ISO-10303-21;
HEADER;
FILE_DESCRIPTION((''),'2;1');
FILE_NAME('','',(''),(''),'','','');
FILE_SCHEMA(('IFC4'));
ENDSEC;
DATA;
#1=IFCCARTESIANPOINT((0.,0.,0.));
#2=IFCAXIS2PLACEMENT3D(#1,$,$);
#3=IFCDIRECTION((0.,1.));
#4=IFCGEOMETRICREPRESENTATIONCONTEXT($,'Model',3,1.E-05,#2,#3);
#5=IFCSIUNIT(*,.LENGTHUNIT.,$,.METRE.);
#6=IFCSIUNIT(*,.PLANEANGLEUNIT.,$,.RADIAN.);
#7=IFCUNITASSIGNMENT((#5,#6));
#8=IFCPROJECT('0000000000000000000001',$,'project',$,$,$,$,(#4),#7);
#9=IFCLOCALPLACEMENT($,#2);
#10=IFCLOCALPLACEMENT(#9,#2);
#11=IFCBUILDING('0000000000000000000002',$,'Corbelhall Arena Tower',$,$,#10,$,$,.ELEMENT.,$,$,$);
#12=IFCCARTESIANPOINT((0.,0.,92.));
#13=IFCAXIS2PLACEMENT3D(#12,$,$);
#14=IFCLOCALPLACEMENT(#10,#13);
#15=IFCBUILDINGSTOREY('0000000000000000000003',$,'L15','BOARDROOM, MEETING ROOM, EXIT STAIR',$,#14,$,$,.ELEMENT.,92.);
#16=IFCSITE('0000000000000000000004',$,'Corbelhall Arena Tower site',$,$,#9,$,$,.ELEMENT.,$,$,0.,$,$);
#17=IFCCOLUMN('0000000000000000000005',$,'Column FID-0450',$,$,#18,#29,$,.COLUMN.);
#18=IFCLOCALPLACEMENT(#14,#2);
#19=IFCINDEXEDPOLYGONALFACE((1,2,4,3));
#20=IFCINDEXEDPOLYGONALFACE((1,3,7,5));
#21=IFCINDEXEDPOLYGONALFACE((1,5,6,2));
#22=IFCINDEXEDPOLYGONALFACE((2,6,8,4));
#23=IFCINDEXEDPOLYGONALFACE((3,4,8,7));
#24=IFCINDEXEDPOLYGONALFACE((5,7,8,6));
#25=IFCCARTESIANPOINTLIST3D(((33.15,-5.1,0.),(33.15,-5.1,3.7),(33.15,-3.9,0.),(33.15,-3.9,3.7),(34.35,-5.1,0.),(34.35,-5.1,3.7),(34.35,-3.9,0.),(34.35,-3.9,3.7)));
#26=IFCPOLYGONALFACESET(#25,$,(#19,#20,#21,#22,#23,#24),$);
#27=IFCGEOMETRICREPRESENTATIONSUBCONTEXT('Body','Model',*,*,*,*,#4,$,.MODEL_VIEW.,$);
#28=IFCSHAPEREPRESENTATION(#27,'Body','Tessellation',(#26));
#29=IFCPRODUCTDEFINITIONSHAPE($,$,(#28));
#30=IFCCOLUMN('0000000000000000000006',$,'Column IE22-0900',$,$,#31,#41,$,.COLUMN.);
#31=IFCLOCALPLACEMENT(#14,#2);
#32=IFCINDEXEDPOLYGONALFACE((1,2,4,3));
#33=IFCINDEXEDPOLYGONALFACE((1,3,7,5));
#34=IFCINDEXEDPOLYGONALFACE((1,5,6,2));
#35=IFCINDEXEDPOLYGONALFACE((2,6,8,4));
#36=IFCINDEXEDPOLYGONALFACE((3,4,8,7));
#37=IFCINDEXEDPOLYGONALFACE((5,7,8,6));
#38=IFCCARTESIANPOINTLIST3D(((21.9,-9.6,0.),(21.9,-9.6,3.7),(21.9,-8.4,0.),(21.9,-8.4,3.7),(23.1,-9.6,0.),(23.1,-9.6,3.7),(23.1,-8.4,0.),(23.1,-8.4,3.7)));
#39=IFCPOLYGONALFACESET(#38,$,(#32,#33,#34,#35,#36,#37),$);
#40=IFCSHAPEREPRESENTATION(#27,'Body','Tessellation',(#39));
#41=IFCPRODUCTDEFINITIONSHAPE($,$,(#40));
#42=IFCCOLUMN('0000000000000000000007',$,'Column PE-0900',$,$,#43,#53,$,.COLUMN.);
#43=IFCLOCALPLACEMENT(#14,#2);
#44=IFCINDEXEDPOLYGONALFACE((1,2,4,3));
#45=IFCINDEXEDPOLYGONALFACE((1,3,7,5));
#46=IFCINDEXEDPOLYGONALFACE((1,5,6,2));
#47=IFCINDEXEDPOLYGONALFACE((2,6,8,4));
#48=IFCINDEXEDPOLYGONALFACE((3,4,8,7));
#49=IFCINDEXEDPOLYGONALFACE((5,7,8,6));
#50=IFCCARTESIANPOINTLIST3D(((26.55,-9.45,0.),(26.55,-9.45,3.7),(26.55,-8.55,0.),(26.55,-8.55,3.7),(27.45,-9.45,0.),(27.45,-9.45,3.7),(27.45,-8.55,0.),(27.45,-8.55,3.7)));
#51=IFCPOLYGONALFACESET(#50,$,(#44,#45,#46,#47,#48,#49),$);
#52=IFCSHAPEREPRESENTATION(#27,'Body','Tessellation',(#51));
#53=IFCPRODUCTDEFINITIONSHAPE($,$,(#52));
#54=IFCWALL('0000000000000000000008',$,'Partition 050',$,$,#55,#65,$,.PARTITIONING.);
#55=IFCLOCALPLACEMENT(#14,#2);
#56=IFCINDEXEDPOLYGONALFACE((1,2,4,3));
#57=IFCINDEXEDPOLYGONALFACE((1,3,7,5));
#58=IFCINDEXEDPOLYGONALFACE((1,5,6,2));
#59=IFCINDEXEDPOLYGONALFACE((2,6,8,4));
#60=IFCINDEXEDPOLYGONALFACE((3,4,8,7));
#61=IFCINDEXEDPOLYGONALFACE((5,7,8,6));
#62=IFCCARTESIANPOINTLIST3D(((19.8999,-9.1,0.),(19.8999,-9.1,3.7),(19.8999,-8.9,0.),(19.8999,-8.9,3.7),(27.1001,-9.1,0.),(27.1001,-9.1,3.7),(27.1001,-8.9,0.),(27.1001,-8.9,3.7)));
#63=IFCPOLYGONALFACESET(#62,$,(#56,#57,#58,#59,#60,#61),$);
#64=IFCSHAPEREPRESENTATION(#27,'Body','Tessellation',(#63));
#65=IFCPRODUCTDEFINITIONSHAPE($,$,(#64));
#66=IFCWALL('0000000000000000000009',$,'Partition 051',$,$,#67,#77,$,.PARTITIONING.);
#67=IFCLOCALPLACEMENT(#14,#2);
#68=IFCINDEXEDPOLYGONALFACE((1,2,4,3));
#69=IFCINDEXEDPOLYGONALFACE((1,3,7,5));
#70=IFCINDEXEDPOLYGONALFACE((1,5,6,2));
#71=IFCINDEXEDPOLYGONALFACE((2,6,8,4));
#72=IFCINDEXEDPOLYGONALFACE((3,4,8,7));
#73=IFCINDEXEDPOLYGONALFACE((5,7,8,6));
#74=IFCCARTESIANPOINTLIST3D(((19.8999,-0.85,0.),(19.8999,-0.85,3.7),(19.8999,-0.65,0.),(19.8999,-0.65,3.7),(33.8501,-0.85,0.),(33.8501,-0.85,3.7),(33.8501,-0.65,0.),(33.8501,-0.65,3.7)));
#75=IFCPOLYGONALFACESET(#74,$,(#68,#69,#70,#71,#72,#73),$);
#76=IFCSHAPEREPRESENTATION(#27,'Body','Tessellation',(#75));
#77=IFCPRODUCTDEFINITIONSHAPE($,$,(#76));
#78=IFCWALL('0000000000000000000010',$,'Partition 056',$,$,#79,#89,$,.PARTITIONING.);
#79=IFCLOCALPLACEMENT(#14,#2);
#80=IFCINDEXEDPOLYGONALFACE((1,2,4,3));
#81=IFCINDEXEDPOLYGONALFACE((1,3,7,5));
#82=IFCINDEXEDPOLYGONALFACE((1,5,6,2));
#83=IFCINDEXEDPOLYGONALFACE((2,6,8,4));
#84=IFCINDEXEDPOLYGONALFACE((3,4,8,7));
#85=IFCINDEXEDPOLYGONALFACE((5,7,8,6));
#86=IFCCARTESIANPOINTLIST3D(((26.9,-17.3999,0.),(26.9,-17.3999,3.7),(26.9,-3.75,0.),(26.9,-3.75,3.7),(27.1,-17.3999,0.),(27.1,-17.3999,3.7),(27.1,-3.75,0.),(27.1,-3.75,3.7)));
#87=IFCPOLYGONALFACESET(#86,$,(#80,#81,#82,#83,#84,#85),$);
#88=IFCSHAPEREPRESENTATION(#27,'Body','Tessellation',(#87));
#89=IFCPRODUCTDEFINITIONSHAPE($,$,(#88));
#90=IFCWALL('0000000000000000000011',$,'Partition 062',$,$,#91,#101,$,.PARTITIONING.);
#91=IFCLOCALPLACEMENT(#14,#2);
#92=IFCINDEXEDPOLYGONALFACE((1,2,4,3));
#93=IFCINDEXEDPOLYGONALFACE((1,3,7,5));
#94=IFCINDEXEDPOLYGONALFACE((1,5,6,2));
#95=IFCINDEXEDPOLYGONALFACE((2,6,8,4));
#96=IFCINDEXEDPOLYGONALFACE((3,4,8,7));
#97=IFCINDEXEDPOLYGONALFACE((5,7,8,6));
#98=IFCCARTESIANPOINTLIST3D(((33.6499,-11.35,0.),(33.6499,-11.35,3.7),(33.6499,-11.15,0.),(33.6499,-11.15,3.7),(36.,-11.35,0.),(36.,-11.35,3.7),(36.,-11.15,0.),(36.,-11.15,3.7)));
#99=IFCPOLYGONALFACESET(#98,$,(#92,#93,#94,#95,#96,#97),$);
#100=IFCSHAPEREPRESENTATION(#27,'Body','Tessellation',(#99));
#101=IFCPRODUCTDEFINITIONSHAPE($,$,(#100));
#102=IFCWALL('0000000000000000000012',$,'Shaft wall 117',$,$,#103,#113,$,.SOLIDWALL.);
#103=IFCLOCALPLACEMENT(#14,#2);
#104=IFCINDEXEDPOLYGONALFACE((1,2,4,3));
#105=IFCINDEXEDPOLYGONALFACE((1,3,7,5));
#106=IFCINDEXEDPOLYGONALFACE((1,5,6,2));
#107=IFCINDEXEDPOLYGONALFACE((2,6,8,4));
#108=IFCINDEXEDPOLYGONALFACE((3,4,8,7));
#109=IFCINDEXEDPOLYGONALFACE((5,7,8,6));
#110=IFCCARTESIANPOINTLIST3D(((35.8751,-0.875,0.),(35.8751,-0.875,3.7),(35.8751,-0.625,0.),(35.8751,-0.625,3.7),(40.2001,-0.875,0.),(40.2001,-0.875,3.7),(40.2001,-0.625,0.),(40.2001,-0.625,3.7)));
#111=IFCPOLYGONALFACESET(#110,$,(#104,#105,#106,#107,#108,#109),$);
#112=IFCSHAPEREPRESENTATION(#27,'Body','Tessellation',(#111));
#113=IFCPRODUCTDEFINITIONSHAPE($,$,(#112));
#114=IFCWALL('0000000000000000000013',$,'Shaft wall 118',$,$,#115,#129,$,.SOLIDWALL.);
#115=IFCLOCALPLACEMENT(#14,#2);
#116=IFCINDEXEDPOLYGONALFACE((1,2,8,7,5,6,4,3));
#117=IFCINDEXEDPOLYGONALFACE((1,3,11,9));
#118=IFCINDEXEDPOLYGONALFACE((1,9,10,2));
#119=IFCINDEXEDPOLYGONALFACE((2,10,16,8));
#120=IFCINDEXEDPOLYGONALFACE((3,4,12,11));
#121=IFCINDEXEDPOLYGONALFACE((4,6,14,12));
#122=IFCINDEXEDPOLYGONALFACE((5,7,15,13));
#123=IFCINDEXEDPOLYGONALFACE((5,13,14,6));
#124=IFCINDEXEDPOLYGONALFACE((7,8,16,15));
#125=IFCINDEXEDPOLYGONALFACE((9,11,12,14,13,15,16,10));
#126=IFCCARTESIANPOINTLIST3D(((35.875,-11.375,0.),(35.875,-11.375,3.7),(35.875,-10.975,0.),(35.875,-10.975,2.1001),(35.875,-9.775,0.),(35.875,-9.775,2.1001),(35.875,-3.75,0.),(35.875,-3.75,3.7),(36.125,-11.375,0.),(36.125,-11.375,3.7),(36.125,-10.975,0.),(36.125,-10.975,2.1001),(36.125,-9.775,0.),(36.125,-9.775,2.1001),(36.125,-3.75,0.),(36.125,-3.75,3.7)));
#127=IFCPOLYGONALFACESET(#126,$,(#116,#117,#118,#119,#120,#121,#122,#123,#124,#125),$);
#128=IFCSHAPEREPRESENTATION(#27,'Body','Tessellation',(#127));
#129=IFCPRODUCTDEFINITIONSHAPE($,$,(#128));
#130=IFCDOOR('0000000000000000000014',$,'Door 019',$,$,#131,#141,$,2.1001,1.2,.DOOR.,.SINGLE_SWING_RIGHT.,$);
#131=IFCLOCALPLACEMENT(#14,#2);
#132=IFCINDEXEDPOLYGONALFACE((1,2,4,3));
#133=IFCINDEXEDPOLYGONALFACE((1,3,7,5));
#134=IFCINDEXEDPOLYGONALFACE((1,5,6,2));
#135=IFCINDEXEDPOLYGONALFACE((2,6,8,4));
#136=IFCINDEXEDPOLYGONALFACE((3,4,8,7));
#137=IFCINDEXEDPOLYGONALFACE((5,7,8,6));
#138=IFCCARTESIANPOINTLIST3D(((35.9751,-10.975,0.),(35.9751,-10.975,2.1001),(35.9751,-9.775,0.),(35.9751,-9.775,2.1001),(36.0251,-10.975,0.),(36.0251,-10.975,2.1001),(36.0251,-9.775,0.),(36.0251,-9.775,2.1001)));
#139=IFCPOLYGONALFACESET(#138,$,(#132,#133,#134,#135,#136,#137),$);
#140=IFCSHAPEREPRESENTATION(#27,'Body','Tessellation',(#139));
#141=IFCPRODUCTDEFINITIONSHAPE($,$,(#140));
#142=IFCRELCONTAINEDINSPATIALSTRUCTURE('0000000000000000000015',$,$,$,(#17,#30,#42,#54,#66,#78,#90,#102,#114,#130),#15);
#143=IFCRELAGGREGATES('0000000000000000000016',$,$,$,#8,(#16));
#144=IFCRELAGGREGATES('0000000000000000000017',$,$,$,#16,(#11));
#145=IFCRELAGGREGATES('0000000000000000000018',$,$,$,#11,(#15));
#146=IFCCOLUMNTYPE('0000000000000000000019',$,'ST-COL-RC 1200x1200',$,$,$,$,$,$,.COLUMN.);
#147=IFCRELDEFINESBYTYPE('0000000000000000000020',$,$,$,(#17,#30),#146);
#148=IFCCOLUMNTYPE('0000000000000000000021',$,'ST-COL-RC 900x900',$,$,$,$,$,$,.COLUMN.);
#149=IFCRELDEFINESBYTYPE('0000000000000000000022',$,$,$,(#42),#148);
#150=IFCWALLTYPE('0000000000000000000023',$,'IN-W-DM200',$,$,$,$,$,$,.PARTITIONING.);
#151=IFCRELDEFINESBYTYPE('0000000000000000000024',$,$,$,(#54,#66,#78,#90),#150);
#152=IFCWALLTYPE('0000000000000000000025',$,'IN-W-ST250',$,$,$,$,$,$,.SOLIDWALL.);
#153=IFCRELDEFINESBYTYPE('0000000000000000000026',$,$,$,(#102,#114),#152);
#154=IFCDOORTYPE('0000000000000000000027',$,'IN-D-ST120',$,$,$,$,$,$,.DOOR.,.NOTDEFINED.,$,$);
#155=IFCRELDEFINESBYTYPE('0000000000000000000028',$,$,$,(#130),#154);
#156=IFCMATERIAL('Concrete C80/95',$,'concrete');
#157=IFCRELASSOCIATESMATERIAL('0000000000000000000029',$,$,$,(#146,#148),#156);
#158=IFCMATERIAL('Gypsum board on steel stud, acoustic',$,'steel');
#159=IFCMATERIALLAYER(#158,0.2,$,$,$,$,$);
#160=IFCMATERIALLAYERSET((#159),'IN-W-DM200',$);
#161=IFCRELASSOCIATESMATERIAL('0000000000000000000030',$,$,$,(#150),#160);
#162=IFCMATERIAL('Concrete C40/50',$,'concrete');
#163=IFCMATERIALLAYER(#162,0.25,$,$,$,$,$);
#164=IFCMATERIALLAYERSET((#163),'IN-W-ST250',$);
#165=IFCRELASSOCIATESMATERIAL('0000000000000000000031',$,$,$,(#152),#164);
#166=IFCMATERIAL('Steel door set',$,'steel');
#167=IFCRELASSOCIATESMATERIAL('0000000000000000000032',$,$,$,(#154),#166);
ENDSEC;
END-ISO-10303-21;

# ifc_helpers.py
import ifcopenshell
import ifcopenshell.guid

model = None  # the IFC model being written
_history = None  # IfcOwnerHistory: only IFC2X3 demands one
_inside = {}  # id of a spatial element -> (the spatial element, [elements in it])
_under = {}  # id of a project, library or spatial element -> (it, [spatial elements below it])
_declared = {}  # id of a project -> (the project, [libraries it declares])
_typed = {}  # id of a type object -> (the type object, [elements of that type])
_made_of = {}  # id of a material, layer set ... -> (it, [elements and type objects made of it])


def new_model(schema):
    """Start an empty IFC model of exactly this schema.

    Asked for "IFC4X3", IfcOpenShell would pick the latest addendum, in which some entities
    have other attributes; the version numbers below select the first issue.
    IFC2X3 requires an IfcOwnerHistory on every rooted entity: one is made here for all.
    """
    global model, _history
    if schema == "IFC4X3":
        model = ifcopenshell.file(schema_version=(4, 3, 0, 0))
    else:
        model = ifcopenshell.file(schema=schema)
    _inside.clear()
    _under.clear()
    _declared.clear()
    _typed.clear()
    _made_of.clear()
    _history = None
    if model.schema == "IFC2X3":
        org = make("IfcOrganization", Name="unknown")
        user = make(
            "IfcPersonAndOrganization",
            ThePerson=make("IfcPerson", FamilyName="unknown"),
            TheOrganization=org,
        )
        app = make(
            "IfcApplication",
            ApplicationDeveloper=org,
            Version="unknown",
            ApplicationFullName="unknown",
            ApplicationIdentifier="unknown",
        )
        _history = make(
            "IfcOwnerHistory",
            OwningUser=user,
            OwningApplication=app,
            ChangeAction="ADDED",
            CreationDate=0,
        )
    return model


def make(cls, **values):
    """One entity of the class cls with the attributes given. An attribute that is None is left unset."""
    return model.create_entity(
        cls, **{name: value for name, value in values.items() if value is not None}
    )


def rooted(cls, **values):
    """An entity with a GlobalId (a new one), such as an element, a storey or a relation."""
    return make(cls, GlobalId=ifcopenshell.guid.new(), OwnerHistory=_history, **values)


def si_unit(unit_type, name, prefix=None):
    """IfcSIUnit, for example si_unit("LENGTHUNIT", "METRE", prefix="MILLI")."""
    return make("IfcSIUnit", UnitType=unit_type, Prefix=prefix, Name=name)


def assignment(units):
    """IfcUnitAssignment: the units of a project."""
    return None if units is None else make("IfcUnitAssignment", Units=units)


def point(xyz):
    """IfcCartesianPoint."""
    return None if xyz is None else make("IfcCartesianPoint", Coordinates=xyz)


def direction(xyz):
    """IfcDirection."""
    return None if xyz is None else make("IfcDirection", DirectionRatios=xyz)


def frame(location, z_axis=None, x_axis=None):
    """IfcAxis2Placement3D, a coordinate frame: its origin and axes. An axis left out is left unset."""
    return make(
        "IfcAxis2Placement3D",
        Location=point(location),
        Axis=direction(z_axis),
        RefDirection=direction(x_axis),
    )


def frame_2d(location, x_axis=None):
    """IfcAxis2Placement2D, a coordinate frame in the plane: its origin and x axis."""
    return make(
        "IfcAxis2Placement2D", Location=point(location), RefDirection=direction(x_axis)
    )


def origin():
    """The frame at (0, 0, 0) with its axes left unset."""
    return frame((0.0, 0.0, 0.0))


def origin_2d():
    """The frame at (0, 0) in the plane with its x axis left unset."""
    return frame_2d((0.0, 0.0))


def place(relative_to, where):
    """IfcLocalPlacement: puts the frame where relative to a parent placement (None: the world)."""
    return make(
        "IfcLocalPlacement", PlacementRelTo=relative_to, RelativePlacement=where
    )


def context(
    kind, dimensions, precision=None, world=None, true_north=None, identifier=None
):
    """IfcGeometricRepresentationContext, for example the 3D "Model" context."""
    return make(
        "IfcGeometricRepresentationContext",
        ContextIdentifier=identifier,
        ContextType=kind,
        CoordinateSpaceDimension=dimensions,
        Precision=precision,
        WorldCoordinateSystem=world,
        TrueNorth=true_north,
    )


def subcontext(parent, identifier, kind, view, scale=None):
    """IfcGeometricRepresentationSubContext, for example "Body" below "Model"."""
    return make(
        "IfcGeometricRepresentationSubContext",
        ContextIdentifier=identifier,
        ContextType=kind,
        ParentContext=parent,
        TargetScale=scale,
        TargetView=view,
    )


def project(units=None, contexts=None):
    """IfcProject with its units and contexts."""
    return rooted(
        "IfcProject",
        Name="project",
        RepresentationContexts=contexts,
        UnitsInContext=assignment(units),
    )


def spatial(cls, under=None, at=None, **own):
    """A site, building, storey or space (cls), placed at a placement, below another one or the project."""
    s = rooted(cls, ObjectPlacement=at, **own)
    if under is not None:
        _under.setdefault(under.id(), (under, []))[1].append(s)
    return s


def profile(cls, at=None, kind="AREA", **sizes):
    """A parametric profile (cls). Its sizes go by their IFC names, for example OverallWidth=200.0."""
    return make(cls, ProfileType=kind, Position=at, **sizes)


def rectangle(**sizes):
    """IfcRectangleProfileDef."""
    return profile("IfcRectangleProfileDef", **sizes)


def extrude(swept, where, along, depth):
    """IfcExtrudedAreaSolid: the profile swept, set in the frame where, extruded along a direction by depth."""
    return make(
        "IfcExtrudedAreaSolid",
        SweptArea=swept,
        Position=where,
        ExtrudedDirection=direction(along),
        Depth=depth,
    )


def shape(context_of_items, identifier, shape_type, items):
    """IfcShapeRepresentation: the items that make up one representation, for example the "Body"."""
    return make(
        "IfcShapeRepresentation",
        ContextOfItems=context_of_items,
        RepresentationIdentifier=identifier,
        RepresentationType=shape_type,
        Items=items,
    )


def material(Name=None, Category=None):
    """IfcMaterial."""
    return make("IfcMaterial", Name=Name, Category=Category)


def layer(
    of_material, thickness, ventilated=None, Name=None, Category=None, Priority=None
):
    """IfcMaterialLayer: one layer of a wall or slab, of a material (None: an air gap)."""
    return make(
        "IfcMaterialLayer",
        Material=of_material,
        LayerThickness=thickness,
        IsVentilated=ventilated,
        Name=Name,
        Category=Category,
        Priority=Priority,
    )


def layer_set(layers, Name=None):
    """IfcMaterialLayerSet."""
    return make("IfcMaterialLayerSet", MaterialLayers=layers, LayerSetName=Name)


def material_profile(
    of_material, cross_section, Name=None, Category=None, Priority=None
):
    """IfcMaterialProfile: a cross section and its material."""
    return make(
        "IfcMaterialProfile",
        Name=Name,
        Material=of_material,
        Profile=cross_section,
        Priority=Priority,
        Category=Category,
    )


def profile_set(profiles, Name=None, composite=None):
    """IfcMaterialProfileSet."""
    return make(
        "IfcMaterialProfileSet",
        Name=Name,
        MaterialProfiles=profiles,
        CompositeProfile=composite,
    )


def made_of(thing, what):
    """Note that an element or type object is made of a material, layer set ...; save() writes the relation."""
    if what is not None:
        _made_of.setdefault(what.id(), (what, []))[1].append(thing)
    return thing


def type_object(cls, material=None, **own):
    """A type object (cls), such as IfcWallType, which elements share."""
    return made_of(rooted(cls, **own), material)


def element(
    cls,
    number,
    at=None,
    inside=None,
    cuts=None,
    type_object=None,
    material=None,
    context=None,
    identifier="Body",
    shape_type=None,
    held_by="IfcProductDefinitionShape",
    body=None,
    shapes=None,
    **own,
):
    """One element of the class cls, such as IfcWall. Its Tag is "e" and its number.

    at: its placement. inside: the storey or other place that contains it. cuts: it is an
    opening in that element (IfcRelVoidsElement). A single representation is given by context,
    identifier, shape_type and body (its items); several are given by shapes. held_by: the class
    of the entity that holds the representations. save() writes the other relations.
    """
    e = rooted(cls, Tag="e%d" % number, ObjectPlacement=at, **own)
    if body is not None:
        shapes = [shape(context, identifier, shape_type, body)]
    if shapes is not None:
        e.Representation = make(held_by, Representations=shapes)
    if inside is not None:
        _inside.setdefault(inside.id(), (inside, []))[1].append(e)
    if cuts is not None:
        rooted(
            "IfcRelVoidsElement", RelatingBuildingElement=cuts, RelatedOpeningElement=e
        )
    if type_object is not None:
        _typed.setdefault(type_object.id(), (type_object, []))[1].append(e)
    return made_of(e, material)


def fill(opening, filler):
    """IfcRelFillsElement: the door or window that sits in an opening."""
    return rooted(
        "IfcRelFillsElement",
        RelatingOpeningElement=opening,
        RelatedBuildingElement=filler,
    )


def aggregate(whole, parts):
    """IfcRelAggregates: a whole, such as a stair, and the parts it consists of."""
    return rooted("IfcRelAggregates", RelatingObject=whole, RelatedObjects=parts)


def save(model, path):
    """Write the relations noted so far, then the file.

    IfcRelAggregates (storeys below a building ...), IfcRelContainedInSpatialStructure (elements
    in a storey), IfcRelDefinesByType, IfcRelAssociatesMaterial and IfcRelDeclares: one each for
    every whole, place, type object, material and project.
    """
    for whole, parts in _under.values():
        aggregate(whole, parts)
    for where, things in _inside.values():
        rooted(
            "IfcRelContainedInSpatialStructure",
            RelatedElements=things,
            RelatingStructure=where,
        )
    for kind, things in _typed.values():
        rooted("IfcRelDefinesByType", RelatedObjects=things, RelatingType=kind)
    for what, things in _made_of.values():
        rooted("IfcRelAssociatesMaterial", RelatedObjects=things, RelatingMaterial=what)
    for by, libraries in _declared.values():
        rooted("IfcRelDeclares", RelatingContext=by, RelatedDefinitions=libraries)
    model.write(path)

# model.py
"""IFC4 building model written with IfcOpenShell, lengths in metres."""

from ifc_helpers import new_model, si_unit, direction, frame, frame_2d, origin, origin_2d, place, context, subcontext, project, spatial, rectangle, extrude, material, layer, layer_set, material_profile, profile_set, type_object, element, fill, save


model = new_model("IFC4")

# Units and contexts
model_context = context("Model", 3, precision=1e-05, world=origin(), true_north=direction((0.0, 1.0)))
body_context = subcontext(model_context, "Body", "Model", "MODEL_VIEW")
ifc_project = project(units=[si_unit("LENGTHUNIT", "METRE"), si_unit("PLANEANGLEUNIT", "RADIAN")], contexts=[model_context])

# Site, building, storey
site_placement = place(None, origin())
site = spatial("IfcSite", under=ifc_project, at=site_placement, Name="Corbelhall Arena Tower site", CompositionType="ELEMENT", RefElevation=0.0)
building_placement = place(site_placement, origin())
building = spatial("IfcBuilding", under=site, at=building_placement, Name="Corbelhall Arena Tower", CompositionType="ELEMENT")
storey_placement = place(building_placement, frame((0.0, 0.0, 92.0)))
storey = spatial("IfcBuildingStorey", under=building, at=storey_placement, Name="L15", Description="BOARDROOM, MEETING ROOM, EXIT STAIR", CompositionType="ELEMENT", Elevation=92.0)

# Columns
ifc_material_1 = material(Name="Concrete C80/95", Category="concrete")
ifc_material_profile_1 = material_profile(ifc_material_1, rectangle(XDim=1.2, YDim=1.2, at=origin_2d()))
ifc_profile_set_1 = profile_set([ifc_material_profile_1], Name="Concrete C80/95")
column_type_1 = type_object("IfcColumnType", Name="ST-COL-RC 1200x1200", PredefinedType="COLUMN", material=ifc_profile_set_1)
for number, where, z_axis, x_axis, name in (
    (1, (33.75, -4.5, 0.0), (0.0, 0.0, 1.0), (1.0, 0.0, 0.0), "Column FID-0450"),
    (2, (22.5, -9.0, 0.0), (0.0, 0.0, 1.0), (1.0, 0.0, 0.0), "Column IE22-0900"),
):
    element("IfcColumn", number, at=place(storey_placement, frame(where, z_axis=z_axis, x_axis=x_axis)), inside=storey, type_object=column_type_1, Name=name, PredefinedType="COLUMN", context=body_context, shape_type="SweptSolid", body=[
        extrude(rectangle(XDim=1.2, YDim=1.2, at=origin_2d()), origin(), (0.0, 0.0, 1.0), 3.7),
    ])
ifc_material_profile_2 = material_profile(ifc_material_1, rectangle(XDim=0.8999, YDim=0.8999, at=origin_2d()))
ifc_profile_set_2 = profile_set([ifc_material_profile_2], Name="Concrete C80/95")
column_type_2 = type_object("IfcColumnType", Name="ST-COL-RC 900x900", PredefinedType="COLUMN", material=ifc_profile_set_2)
column_placement = place(storey_placement, frame((27.0, -9.0, 0.0), z_axis=(0.0, 0.0, 1.0), x_axis=(1.0, 0.0, 0.0)))
element("IfcColumn", 3, at=column_placement, inside=storey, type_object=column_type_2, Name="Column PE-0900", PredefinedType="COLUMN", context=body_context, shape_type="SweptSolid", body=[
    extrude(rectangle(XDim=0.8999, YDim=0.8999, at=origin_2d()), origin(), (0.0, 0.0, 1.0), 3.7),
])

# Shared definitions
ifc_material_2 = material(Name="Gypsum board on steel stud, acoustic", Category="steel")
ifc_layer_1 = layer(ifc_material_2, 0.2)
ifc_layer_set_1 = layer_set([ifc_layer_1], Name="IN-W-DM200")
wall_type_1 = type_object("IfcWallType", Name="IN-W-DM200", PredefinedType="PARTITIONING", material=ifc_layer_set_1)
ifc_material_3 = material(Name="Steel door set", Category="steel")

# Walls
wall_1_placement = place(storey_placement, frame((19.8999, -9.0, 0.0), z_axis=(0.0, 0.0, 1.0), x_axis=(1.0, 0.0, 0.0)))
element("IfcWall", 4, at=wall_1_placement, inside=storey, type_object=wall_type_1, Name="Partition 050", PredefinedType="PARTITIONING", context=body_context, shape_type="SweptSolid", body=[
    extrude(rectangle(XDim=7.2002, YDim=0.2, at=frame_2d((3.6001, 0.0))), origin(), (0.0, 0.0, 1.0), 3.7),
])
wall_2_placement = place(storey_placement, frame((19.8999, -0.75, 0.0), z_axis=(0.0, 0.0, 1.0), x_axis=(1.0, 0.0, 0.0)))
element("IfcWall", 5, at=wall_2_placement, inside=storey, type_object=wall_type_1, Name="Partition 051", PredefinedType="PARTITIONING", context=body_context, shape_type="SweptSolid", body=[
    extrude(rectangle(XDim=13.9502, YDim=0.2, at=frame_2d((6.9751, 0.0))), origin(), (0.0, 0.0, 1.0), 3.7),
])
wall_3_placement = place(storey_placement, frame((27.0, -3.75, 0.0), z_axis=(0.0, 0.0, 1.0), x_axis=(0.0, -1.0, 0.0)))
element("IfcWall", 6, at=wall_3_placement, inside=storey, type_object=wall_type_1, Name="Partition 056", PredefinedType="PARTITIONING", context=body_context, shape_type="SweptSolid", body=[
    extrude(rectangle(XDim=13.6499, YDim=0.2, at=frame_2d((6.825, 0.0))), origin(), (0.0, 0.0, 1.0), 3.7),
])

# Walls
wall_4_placement = place(storey_placement, frame((36.0, -11.25, 0.0), z_axis=(0.0, 0.0, 1.0), x_axis=(-1.0, 0.0, 0.0)))
element("IfcWall", 7, at=wall_4_placement, inside=storey, type_object=wall_type_1, Name="Partition 062", PredefinedType="PARTITIONING", context=body_context, shape_type="SweptSolid", body=[
    extrude(rectangle(XDim=2.3501, YDim=0.2, at=frame_2d((1.175, 0.0))), origin(), (0.0, 0.0, 1.0), 3.7),
])
ifc_material_4 = material(Name="Concrete C40/50", Category="concrete")
ifc_layer_2 = layer(ifc_material_4, 0.25)
ifc_layer_set_2 = layer_set([ifc_layer_2], Name="IN-W-ST250")
wall_type_2 = type_object("IfcWallType", Name="IN-W-ST250", PredefinedType="SOLIDWALL", material=ifc_layer_set_2)
wall_5_placement = place(storey_placement, frame((35.875, -0.75, 0.0), z_axis=(0.0, 0.0, 1.0), x_axis=(1.0, 0.0, 0.0)))
element("IfcWall", 8, at=wall_5_placement, inside=storey, type_object=wall_type_2, Name="Shaft wall 117", PredefinedType="SOLIDWALL", context=body_context, shape_type="SweptSolid", body=[
    extrude(rectangle(XDim=4.325, YDim=0.25, at=frame_2d((2.1626, 0.0))), origin(), (0.0, 0.0, 1.0), 3.7),
])

# Wall, opening, door
wall_6_placement = place(storey_placement, frame((36.0, -11.375, 0.0), z_axis=(0.0, 0.0, 1.0), x_axis=(0.0, 1.0, 0.0)))
wall_6 = element("IfcWall", 9, at=wall_6_placement, inside=storey, type_object=wall_type_2, Name="Shaft wall 118", PredefinedType="SOLIDWALL", context=body_context, shape_type="SweptSolid", body=[
    extrude(rectangle(XDim=7.625, YDim=0.25, at=frame_2d((3.8125, 0.0))), origin(), (0.0, 0.0, 1.0), 3.7),
])
opening_1_placement = place(wall_6_placement, frame((0.3999, 0.0, 0.0)))
opening_1 = element("IfcOpeningElement", 10, at=opening_1_placement, cuts=wall_6, PredefinedType="OPENING", context=body_context, shape_type="SweptSolid", body=[
    extrude(rectangle(XDim=1.2, YDim=2.1001, at=frame_2d((0.6001, 1.05))), frame((0.0, 0.125, 0.0), z_axis=(0.0, -1.0, 0.0), x_axis=(1.0, 0.0, 0.0)), (0.0, 0.0, 1.0), 0.25),
])
door_type_1 = type_object("IfcDoorType", Name="IN-D-ST120", OperationType="NOTDEFINED", PredefinedType="DOOR", material=ifc_material_3)
door_1_placement = place(opening_1_placement, origin())
door_1 = element("IfcDoor", 11, at=door_1_placement, inside=storey, type_object=door_type_1, Name="Door 019", OperationType="SINGLE_SWING_RIGHT", OverallHeight=2.1001, OverallWidth=1.2, PredefinedType="DOOR", context=body_context, shape_type="SweptSolid", body=[
    extrude(rectangle(XDim=1.2, YDim=2.1001, at=frame_2d((0.6001, 1.05))), frame((0.0, 0.0249, 0.0), z_axis=(0.0, -1.0, 0.0), x_axis=(1.0, 0.0, 0.0)), (0.0, 0.0, 1.0), 0.05),
])
fill(opening_1, door_1)

save(model, "model.ifc")
